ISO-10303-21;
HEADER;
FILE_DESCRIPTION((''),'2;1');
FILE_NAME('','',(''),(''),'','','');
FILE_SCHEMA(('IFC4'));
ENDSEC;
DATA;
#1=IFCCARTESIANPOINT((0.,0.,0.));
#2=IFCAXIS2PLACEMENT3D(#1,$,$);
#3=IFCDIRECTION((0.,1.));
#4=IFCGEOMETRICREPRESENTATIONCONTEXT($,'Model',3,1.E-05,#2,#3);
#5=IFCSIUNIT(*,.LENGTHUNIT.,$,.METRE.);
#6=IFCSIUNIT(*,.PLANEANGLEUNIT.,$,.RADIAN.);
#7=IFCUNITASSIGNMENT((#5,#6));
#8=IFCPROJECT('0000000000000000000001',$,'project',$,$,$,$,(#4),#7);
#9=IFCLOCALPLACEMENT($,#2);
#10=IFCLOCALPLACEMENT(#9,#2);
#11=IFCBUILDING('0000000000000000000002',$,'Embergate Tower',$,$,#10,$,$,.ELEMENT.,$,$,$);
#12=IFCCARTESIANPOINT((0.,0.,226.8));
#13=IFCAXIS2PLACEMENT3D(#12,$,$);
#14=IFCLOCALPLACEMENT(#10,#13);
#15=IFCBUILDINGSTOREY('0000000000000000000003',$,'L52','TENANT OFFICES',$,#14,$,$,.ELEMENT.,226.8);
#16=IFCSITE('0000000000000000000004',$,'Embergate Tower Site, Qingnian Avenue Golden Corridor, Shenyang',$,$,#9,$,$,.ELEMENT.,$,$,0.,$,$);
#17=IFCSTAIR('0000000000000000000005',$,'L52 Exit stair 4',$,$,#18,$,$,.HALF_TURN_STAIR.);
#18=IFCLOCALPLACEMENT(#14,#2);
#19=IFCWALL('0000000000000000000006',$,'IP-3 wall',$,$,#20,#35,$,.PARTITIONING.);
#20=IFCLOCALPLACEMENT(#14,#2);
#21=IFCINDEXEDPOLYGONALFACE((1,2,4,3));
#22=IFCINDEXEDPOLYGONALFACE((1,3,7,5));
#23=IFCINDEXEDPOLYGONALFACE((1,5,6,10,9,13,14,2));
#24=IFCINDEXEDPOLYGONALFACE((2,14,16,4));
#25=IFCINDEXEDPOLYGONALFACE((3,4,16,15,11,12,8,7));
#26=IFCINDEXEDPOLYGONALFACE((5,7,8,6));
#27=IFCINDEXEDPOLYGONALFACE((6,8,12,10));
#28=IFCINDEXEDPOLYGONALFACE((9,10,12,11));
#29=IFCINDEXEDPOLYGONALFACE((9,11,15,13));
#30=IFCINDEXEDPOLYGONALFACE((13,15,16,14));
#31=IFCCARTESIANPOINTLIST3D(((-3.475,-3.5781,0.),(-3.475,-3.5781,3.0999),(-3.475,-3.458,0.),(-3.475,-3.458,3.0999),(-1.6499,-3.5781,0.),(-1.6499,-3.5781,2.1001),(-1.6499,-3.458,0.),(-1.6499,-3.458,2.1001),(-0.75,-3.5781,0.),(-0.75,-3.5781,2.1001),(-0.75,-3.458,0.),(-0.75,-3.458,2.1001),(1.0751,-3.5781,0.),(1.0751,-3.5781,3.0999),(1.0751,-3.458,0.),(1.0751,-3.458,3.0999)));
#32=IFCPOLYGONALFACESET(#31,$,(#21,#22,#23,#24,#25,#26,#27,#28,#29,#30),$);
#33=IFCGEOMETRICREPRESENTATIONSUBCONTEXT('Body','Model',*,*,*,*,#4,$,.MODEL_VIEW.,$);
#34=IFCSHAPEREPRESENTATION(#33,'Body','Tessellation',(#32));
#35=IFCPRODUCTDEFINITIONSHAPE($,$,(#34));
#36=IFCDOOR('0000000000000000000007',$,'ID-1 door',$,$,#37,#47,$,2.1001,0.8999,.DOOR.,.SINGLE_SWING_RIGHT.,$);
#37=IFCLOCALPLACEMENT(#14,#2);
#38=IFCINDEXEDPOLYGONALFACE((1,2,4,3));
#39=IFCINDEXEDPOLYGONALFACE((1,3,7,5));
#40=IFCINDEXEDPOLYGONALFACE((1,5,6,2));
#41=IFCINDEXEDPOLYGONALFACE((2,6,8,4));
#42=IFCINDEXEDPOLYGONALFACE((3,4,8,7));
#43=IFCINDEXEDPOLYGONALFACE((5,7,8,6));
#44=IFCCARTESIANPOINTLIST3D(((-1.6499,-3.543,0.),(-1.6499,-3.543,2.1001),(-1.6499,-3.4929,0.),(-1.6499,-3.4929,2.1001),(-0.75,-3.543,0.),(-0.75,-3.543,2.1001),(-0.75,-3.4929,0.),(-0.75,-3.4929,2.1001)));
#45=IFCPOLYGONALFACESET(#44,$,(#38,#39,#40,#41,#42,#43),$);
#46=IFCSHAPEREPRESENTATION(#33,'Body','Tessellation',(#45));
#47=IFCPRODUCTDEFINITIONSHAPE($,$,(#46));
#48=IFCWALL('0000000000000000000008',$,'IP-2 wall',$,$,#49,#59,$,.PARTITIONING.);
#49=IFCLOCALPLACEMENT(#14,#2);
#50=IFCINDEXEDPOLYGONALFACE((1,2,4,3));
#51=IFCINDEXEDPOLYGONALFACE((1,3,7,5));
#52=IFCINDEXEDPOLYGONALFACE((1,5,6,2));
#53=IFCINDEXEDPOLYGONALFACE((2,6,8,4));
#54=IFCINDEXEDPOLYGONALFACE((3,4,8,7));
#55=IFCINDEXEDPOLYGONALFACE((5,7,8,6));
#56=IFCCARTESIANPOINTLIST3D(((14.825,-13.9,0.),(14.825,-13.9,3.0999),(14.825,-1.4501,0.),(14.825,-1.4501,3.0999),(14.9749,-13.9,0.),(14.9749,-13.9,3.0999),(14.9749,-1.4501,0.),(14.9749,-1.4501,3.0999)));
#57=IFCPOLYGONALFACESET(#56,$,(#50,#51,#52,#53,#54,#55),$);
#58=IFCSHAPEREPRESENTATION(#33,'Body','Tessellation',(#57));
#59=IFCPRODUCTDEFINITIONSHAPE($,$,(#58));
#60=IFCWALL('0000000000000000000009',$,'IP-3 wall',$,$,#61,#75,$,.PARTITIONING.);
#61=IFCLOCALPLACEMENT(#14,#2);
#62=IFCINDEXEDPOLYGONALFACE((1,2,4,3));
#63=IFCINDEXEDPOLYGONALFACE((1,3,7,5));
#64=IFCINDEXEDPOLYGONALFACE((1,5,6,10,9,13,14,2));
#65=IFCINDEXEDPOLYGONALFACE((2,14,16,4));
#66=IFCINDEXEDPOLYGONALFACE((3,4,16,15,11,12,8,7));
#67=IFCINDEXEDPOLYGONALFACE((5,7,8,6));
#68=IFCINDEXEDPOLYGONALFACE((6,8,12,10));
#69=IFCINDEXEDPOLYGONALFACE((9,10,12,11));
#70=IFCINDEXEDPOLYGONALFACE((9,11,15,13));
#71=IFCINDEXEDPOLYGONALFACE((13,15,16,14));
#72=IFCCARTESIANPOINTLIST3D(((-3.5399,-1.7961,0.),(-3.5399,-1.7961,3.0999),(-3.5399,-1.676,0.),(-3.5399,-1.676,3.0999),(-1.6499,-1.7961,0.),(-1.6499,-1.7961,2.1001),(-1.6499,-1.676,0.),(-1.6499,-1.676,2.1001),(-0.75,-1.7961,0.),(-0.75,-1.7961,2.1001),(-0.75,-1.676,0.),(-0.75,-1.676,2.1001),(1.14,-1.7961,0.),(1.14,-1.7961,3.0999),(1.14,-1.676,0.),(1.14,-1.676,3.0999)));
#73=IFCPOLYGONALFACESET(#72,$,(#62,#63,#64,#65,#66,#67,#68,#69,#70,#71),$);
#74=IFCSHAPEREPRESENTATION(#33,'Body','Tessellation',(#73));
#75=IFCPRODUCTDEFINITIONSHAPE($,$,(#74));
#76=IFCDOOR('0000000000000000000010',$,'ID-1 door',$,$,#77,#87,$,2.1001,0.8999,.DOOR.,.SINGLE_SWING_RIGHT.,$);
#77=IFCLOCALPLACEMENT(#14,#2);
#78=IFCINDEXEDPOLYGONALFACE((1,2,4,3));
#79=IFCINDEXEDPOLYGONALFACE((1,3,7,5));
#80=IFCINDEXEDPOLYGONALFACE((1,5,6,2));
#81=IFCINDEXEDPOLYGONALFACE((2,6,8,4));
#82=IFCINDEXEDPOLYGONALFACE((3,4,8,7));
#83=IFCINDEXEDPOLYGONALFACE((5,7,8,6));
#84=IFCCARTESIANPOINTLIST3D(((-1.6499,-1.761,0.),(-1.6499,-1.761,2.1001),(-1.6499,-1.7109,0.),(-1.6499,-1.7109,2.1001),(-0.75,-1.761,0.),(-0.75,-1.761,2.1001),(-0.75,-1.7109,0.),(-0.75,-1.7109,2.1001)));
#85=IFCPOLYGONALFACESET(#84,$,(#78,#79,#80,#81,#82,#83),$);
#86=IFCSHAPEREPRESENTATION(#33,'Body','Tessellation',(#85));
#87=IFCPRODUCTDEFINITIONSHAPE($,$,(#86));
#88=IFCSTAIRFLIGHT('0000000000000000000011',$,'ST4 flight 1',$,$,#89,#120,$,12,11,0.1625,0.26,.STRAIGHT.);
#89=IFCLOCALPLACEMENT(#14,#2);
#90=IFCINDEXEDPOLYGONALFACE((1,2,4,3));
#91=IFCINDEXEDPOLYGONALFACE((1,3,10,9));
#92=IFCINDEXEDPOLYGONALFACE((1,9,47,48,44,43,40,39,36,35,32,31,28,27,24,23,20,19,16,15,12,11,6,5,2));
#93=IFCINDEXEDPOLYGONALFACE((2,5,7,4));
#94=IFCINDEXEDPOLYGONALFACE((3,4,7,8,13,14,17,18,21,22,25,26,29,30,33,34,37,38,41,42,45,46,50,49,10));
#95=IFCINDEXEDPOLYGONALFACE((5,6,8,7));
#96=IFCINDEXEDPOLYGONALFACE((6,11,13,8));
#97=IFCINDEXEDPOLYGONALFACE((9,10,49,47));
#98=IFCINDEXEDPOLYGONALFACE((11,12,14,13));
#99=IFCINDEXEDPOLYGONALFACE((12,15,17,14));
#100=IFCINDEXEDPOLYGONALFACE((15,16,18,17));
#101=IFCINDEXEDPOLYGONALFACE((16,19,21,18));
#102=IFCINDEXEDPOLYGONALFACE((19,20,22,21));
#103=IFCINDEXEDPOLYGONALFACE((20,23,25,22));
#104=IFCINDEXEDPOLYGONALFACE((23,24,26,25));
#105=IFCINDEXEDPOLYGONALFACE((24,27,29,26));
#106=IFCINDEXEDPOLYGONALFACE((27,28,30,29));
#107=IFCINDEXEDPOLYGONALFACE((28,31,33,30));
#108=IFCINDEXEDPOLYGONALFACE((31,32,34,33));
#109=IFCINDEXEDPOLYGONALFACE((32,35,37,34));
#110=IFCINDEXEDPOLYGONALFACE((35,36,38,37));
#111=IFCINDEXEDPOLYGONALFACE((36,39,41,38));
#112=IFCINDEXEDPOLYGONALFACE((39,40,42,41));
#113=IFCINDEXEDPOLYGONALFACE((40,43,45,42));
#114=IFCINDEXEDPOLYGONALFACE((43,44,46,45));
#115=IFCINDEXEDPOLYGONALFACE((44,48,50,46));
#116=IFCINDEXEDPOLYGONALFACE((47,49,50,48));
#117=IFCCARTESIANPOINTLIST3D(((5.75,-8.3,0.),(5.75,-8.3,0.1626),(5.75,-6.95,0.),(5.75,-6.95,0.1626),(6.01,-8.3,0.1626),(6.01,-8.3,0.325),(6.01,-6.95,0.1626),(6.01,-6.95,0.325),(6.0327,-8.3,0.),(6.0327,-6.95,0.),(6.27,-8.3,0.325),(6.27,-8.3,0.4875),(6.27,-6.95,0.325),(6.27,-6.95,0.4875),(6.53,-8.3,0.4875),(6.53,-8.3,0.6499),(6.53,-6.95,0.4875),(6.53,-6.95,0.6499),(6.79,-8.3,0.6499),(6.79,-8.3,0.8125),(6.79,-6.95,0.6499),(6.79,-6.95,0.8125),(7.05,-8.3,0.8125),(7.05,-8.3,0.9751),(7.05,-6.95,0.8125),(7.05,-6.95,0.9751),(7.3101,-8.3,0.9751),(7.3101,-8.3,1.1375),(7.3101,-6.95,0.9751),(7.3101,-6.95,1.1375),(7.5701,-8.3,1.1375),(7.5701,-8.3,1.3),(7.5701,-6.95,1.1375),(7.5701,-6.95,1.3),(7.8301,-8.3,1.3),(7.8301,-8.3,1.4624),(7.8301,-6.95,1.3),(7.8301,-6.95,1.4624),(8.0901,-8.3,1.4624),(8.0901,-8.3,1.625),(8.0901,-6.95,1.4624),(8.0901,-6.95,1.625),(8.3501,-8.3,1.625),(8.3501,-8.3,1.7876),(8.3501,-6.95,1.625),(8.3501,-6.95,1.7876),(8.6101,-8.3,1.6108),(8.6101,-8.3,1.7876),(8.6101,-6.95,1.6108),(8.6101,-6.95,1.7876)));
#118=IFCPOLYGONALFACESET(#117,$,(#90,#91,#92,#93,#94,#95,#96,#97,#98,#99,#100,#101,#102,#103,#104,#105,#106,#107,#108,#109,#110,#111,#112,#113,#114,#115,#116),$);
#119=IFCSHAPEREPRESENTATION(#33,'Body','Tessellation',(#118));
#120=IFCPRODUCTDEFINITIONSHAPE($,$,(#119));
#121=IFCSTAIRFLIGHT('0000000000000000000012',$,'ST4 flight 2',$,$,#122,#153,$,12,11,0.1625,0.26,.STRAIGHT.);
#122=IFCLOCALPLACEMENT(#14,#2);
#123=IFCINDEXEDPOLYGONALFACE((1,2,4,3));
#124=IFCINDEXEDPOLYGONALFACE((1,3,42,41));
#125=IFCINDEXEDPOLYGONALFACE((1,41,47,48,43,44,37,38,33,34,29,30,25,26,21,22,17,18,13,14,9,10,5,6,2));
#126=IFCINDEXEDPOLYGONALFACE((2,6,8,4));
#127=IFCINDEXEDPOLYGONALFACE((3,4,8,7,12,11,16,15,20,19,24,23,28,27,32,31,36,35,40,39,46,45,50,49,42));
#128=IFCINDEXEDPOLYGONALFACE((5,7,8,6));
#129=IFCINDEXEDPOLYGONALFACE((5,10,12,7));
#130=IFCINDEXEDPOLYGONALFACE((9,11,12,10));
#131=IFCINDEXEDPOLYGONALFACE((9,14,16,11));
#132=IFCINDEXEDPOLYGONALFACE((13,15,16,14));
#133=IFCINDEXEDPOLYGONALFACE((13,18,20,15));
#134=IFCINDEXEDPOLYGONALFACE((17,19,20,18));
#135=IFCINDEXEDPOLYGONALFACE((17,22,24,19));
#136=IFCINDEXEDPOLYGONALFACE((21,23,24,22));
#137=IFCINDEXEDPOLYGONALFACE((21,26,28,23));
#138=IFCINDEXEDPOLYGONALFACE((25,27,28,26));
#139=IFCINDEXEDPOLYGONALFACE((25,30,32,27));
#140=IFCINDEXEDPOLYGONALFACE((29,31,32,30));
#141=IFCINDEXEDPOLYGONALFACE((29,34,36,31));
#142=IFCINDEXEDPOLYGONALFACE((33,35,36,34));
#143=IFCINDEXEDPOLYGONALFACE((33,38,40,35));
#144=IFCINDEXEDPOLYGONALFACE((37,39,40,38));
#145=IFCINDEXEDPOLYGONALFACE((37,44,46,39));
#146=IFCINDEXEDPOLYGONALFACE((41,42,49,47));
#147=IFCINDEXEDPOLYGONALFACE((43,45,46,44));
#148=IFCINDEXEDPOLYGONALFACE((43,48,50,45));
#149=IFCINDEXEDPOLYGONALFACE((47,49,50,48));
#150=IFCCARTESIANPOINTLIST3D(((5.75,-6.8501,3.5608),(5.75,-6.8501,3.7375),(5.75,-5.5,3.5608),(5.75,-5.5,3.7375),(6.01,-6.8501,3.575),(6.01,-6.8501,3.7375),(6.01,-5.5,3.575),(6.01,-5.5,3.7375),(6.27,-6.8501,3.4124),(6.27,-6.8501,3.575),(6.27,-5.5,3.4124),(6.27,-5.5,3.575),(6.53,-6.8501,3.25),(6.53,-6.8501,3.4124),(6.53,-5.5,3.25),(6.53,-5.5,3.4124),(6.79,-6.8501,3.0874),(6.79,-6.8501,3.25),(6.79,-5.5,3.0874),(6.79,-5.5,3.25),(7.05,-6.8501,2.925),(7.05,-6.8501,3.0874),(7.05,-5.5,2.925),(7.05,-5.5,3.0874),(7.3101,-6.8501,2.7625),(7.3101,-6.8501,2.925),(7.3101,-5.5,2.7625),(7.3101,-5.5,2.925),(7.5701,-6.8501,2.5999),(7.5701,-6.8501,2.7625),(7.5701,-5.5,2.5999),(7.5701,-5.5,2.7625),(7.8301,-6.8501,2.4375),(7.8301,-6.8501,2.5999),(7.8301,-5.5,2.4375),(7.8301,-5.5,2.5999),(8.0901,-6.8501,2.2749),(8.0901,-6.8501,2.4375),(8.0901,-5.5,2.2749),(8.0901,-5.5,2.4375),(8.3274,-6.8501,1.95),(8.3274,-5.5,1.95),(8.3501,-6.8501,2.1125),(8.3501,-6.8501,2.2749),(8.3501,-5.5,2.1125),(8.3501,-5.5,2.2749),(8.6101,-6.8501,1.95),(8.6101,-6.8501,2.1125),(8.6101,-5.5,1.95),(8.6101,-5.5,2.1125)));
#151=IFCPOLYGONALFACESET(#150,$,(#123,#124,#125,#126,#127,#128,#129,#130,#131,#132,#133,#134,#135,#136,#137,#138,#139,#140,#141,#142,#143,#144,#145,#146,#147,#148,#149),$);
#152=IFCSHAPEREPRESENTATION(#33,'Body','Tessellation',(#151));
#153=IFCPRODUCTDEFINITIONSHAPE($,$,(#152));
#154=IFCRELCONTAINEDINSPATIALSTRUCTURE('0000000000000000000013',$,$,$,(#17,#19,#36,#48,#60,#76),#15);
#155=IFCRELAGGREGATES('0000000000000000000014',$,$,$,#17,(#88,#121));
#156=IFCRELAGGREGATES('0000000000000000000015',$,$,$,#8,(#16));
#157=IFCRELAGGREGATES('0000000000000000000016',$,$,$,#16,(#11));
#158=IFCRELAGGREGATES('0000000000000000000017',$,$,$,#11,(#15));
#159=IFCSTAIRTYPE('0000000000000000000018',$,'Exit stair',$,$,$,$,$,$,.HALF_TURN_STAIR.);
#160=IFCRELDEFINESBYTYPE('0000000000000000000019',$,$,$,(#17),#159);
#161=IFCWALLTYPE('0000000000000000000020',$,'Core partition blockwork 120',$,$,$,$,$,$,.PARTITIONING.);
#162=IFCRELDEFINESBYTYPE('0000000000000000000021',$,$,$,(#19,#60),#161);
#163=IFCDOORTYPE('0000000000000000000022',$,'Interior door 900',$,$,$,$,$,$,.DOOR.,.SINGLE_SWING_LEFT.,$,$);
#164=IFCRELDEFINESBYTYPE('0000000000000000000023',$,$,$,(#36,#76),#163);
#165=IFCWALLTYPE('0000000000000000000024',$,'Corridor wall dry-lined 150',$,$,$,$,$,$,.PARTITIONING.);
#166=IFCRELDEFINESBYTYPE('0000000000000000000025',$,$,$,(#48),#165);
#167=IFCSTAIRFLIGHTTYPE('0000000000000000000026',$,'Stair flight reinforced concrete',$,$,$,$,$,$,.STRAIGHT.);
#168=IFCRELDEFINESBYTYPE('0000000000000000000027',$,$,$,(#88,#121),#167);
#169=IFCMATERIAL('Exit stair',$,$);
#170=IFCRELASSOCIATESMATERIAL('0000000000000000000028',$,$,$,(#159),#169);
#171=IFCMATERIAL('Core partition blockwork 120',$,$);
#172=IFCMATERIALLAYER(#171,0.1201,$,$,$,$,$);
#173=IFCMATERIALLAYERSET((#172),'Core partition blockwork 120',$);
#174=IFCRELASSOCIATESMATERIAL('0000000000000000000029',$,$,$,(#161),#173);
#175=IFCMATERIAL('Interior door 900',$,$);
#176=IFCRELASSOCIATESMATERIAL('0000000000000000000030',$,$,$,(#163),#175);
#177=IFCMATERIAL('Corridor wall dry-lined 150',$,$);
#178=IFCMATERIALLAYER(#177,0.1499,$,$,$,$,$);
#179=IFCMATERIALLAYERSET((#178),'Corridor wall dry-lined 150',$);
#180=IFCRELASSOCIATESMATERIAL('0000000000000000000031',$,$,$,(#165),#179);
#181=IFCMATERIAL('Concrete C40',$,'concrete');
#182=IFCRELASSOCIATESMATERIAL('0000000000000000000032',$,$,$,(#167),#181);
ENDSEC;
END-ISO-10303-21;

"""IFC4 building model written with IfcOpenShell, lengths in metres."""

from ifc_helpers import new_model, si_unit, direction, frame, frame_2d, origin, place, context, subcontext, project, spatial, polyline, rectangle, outline, extrude, source, transform, mapped, material, layer, layer_set, type_object, element, fill, aggregate, save


model = new_model("IFC4")

# Units and contexts
model_context = context("Model", 3, precision=1e-05, world=origin(), true_north=direction((0.0, 1.0)))
body_context = subcontext(model_context, "Body", "Model", "MODEL_VIEW")
ifc_project = project(units=[si_unit("LENGTHUNIT", "METRE"), si_unit("PLANEANGLEUNIT", "RADIAN")], contexts=[model_context])

# Site, building, storey
site_placement = place(None, origin())
site = spatial("IfcSite", under=ifc_project, at=site_placement, Name="Embergate Tower Site, Qingnian Avenue Golden Corridor, Shenyang", CompositionType="ELEMENT", RefElevation=0.0)
building_placement = place(site_placement, origin())
building = spatial("IfcBuilding", under=site, at=building_placement, Name="Embergate Tower", CompositionType="ELEMENT")
storey_placement = place(building_placement, frame((0.0, 0.0, 226.8)))
storey = spatial("IfcBuildingStorey", under=building, at=storey_placement, Name="L52", Description="TENANT OFFICES", CompositionType="ELEMENT", Elevation=226.8)

# Stair
ifc_material_1 = material(Name="Exit stair")
stair_type = type_object("IfcStairType", Name="Exit stair", PredefinedType="HALF_TURN_STAIR", material=ifc_material_1)
stair_placement = place(storey_placement, origin())
stair = element("IfcStair", 1, at=stair_placement, inside=storey, type_object=stair_type, Name="L52 Exit stair 4", PredefinedType="HALF_TURN_STAIR")
ifc_material_2 = material(Name="Concrete C40", Category="concrete")

# Shared definitions
ifc_material_3 = material(Name="Core partition blockwork 120")
ifc_layer_1 = layer(ifc_material_3, 0.1201)
ifc_layer_set_1 = layer_set([ifc_layer_1], Name="Core partition blockwork 120")
wall_type_1 = type_object("IfcWallType", Name="Core partition blockwork 120", PredefinedType="PARTITIONING", material=ifc_layer_set_1)

# Wall, opening, door
shared_shape_1 = source(origin(), body_context, "Body", "SweptSolid", [
    extrude(rectangle(XDim=4.55, YDim=0.1201, at=frame_2d((2.2749, 0.0))), origin(), (0.0, 0.0, 1.0), 3.0999),
])
wall_1_placement = place(storey_placement, frame((1.075, -3.5181, 0.0), z_axis=(0.0, 0.0, 1.0), x_axis=(-1.0, 0.0, 0.0)))
wall_1 = element("IfcWall", 2, at=wall_1_placement, inside=storey, type_object=wall_type_1, Name="IP-3 wall", PredefinedType="PARTITIONING", context=body_context, shape_type="MappedRepresentation", body=[
    mapped(shared_shape_1, transform((0.0, 0.0, 0.0))),
])
shared_shape_2 = source(origin(), body_context, "Body", "SweptSolid", [
    extrude(rectangle(XDim=0.8999, YDim=2.1001, at=frame_2d((0.45, 1.05))), frame((0.0, 0.0701, 0.0), z_axis=(0.0, -1.0, 0.0), x_axis=(1.0, 0.0, 0.0)), (0.0, 0.0, 1.0), 0.1401),
])
opening_1_placement = place(wall_1_placement, frame((1.825, 0.0, 0.0)))
opening_1 = element("IfcOpeningElement", 3, at=opening_1_placement, cuts=wall_1, PredefinedType="OPENING", context=body_context, shape_type="MappedRepresentation", body=[
    mapped(shared_shape_2, transform((0.0, 0.0, 0.0))),
])
ifc_material_4 = material(Name="Interior door 900")
door_type_1 = type_object("IfcDoorType", Name="Interior door 900", OperationType="SINGLE_SWING_LEFT", PredefinedType="DOOR", material=ifc_material_4)
shared_shape_3 = source(origin(), body_context, "Body", "SweptSolid", [
    extrude(rectangle(XDim=0.8999, YDim=2.1001, at=frame_2d((0.45, 1.05))), frame((0.0, 0.0249, 0.0), z_axis=(0.0, -1.0, 0.0), x_axis=(1.0, 0.0, 0.0)), (0.0, 0.0, 1.0), 0.05),
])
door_1_placement = place(opening_1_placement, origin())
door_1 = element("IfcDoor", 4, at=door_1_placement, inside=storey, type_object=door_type_1, Name="ID-1 door", OperationType="SINGLE_SWING_RIGHT", OverallHeight=2.1001, OverallWidth=0.8999, PredefinedType="DOOR", context=body_context, shape_type="MappedRepresentation", body=[
    mapped(shared_shape_3, transform((0.0, 0.0, 0.0))),
])
fill(opening_1, door_1)

# Wall
ifc_material_5 = material(Name="Corridor wall dry-lined 150")
ifc_layer_2 = layer(ifc_material_5, 0.1499)
ifc_layer_set_2 = layer_set([ifc_layer_2], Name="Corridor wall dry-lined 150")
wall_type_2 = type_object("IfcWallType", Name="Corridor wall dry-lined 150", PredefinedType="PARTITIONING", material=ifc_layer_set_2)
shared_shape_4 = source(origin(), body_context, "Body", "SweptSolid", [
    extrude(rectangle(XDim=12.45, YDim=0.1499, at=frame_2d((6.2251, 0.0))), origin(), (0.0, 0.0, 1.0), 3.0999),
])
wall_2_placement = place(storey_placement, frame((14.8999, -1.45, 0.0), z_axis=(0.0, 0.0, 1.0), x_axis=(0.0, -1.0, 0.0)))
element("IfcWall", 5, at=wall_2_placement, inside=storey, type_object=wall_type_2, Name="IP-2 wall", PredefinedType="PARTITIONING", context=body_context, shape_type="MappedRepresentation", body=[
    mapped(shared_shape_4, transform((0.0, 0.0, 0.0))),
])

# Wall, opening, door
shared_shape_5 = source(origin(), body_context, "Body", "SweptSolid", [
    extrude(rectangle(XDim=4.6799, YDim=0.1201, at=frame_2d((2.3398, 0.0))), origin(), (0.0, 0.0, 1.0), 3.0999),
])
wall_3_placement = place(storey_placement, frame((1.1399, -1.7361, 0.0), z_axis=(0.0, 0.0, 1.0), x_axis=(-1.0, 0.0, 0.0)))
wall_3 = element("IfcWall", 6, at=wall_3_placement, inside=storey, type_object=wall_type_1, Name="IP-3 wall", PredefinedType="PARTITIONING", context=body_context, shape_type="MappedRepresentation", body=[
    mapped(shared_shape_5, transform((0.0, 0.0, 0.0))),
])
opening_2_placement = place(wall_3_placement, frame((1.8899, 0.0, 0.0)))
opening_2 = element("IfcOpeningElement", 7, at=opening_2_placement, cuts=wall_3, PredefinedType="OPENING", context=body_context, shape_type="MappedRepresentation", body=[
    mapped(shared_shape_2, transform((0.0, 0.0, 0.0))),
])
door_2_placement = place(opening_2_placement, origin())
door_2 = element("IfcDoor", 8, at=door_2_placement, inside=storey, type_object=door_type_1, Name="ID-1 door", OperationType="SINGLE_SWING_RIGHT", OverallHeight=2.1001, OverallWidth=0.8999, PredefinedType="DOOR", context=body_context, shape_type="MappedRepresentation", body=[
    mapped(shared_shape_3, transform((0.0, 0.0, 0.0))),
])
fill(opening_2, door_2)

# Stair flights
stair_flight_type = type_object("IfcStairFlightType", Name="Stair flight reinforced concrete", PredefinedType="STRAIGHT", material=ifc_material_2)
shared_shape_6 = source(origin(), body_context, "Body", "SweptSolid", [
    extrude(outline(polyline([(0.0, 0.0), (0.0, 0.1626), (0.26, 0.1626), (0.26, 0.325), (0.52, 0.325), (0.52, 0.4875), (0.78, 0.4875), (0.78, 0.6499), (1.04, 0.6499), (1.04, 0.8125), (1.3, 0.8125), (1.3, 0.9751), (1.5601, 0.9751), (1.5601, 1.1375), (1.8201, 1.1375), (1.8201, 1.3), (2.0801, 1.3), (2.0801, 1.4624), (2.3401, 1.4624), (2.3401, 1.625), (2.6001, 1.625), (2.6001, 1.7876), (2.8601, 1.7876), (2.8601, 1.95), (2.8601, 1.6108), (0.2827, 0.0), (0.0, 0.0)])), frame((0.0, 0.675, 0.0), z_axis=(0.0, -1.0, 0.0), x_axis=(1.0, 0.0, 0.0)), (0.0, 0.0, 1.0), 1.3501),
])
stair_flight_1_placement = place(storey_placement, frame((5.75, -7.625, 0.0), z_axis=(0.0, 0.0, 1.0), x_axis=(1.0, 0.0, 0.0)))
stair_flight_1 = element("IfcStairFlight", 9, at=stair_flight_1_placement, type_object=stair_flight_type, Name="ST4 flight 1", NumberOfRisers=12, NumberOfTreads=11, PredefinedType="STRAIGHT", RiserHeight=0.1625, TreadLength=0.26, context=body_context, shape_type="MappedRepresentation", body=[
    mapped(shared_shape_6, transform((0.0, 0.0, 0.0))),
])
stair_flight_2_placement = place(storey_placement, frame((8.6101, -6.175, 1.95), z_axis=(0.0, 0.0, 1.0), x_axis=(-1.0, 0.0, 0.0)))
stair_flight_2 = element("IfcStairFlight", 10, at=stair_flight_2_placement, type_object=stair_flight_type, Name="ST4 flight 2", NumberOfRisers=12, NumberOfTreads=11, PredefinedType="STRAIGHT", RiserHeight=0.1625, TreadLength=0.26, context=body_context, shape_type="MappedRepresentation", body=[
    mapped(shared_shape_6, transform((0.0, 0.0, 0.0))),
])
aggregate(stair, [stair_flight_1, stair_flight_2])

save(model, "model.ifc")
